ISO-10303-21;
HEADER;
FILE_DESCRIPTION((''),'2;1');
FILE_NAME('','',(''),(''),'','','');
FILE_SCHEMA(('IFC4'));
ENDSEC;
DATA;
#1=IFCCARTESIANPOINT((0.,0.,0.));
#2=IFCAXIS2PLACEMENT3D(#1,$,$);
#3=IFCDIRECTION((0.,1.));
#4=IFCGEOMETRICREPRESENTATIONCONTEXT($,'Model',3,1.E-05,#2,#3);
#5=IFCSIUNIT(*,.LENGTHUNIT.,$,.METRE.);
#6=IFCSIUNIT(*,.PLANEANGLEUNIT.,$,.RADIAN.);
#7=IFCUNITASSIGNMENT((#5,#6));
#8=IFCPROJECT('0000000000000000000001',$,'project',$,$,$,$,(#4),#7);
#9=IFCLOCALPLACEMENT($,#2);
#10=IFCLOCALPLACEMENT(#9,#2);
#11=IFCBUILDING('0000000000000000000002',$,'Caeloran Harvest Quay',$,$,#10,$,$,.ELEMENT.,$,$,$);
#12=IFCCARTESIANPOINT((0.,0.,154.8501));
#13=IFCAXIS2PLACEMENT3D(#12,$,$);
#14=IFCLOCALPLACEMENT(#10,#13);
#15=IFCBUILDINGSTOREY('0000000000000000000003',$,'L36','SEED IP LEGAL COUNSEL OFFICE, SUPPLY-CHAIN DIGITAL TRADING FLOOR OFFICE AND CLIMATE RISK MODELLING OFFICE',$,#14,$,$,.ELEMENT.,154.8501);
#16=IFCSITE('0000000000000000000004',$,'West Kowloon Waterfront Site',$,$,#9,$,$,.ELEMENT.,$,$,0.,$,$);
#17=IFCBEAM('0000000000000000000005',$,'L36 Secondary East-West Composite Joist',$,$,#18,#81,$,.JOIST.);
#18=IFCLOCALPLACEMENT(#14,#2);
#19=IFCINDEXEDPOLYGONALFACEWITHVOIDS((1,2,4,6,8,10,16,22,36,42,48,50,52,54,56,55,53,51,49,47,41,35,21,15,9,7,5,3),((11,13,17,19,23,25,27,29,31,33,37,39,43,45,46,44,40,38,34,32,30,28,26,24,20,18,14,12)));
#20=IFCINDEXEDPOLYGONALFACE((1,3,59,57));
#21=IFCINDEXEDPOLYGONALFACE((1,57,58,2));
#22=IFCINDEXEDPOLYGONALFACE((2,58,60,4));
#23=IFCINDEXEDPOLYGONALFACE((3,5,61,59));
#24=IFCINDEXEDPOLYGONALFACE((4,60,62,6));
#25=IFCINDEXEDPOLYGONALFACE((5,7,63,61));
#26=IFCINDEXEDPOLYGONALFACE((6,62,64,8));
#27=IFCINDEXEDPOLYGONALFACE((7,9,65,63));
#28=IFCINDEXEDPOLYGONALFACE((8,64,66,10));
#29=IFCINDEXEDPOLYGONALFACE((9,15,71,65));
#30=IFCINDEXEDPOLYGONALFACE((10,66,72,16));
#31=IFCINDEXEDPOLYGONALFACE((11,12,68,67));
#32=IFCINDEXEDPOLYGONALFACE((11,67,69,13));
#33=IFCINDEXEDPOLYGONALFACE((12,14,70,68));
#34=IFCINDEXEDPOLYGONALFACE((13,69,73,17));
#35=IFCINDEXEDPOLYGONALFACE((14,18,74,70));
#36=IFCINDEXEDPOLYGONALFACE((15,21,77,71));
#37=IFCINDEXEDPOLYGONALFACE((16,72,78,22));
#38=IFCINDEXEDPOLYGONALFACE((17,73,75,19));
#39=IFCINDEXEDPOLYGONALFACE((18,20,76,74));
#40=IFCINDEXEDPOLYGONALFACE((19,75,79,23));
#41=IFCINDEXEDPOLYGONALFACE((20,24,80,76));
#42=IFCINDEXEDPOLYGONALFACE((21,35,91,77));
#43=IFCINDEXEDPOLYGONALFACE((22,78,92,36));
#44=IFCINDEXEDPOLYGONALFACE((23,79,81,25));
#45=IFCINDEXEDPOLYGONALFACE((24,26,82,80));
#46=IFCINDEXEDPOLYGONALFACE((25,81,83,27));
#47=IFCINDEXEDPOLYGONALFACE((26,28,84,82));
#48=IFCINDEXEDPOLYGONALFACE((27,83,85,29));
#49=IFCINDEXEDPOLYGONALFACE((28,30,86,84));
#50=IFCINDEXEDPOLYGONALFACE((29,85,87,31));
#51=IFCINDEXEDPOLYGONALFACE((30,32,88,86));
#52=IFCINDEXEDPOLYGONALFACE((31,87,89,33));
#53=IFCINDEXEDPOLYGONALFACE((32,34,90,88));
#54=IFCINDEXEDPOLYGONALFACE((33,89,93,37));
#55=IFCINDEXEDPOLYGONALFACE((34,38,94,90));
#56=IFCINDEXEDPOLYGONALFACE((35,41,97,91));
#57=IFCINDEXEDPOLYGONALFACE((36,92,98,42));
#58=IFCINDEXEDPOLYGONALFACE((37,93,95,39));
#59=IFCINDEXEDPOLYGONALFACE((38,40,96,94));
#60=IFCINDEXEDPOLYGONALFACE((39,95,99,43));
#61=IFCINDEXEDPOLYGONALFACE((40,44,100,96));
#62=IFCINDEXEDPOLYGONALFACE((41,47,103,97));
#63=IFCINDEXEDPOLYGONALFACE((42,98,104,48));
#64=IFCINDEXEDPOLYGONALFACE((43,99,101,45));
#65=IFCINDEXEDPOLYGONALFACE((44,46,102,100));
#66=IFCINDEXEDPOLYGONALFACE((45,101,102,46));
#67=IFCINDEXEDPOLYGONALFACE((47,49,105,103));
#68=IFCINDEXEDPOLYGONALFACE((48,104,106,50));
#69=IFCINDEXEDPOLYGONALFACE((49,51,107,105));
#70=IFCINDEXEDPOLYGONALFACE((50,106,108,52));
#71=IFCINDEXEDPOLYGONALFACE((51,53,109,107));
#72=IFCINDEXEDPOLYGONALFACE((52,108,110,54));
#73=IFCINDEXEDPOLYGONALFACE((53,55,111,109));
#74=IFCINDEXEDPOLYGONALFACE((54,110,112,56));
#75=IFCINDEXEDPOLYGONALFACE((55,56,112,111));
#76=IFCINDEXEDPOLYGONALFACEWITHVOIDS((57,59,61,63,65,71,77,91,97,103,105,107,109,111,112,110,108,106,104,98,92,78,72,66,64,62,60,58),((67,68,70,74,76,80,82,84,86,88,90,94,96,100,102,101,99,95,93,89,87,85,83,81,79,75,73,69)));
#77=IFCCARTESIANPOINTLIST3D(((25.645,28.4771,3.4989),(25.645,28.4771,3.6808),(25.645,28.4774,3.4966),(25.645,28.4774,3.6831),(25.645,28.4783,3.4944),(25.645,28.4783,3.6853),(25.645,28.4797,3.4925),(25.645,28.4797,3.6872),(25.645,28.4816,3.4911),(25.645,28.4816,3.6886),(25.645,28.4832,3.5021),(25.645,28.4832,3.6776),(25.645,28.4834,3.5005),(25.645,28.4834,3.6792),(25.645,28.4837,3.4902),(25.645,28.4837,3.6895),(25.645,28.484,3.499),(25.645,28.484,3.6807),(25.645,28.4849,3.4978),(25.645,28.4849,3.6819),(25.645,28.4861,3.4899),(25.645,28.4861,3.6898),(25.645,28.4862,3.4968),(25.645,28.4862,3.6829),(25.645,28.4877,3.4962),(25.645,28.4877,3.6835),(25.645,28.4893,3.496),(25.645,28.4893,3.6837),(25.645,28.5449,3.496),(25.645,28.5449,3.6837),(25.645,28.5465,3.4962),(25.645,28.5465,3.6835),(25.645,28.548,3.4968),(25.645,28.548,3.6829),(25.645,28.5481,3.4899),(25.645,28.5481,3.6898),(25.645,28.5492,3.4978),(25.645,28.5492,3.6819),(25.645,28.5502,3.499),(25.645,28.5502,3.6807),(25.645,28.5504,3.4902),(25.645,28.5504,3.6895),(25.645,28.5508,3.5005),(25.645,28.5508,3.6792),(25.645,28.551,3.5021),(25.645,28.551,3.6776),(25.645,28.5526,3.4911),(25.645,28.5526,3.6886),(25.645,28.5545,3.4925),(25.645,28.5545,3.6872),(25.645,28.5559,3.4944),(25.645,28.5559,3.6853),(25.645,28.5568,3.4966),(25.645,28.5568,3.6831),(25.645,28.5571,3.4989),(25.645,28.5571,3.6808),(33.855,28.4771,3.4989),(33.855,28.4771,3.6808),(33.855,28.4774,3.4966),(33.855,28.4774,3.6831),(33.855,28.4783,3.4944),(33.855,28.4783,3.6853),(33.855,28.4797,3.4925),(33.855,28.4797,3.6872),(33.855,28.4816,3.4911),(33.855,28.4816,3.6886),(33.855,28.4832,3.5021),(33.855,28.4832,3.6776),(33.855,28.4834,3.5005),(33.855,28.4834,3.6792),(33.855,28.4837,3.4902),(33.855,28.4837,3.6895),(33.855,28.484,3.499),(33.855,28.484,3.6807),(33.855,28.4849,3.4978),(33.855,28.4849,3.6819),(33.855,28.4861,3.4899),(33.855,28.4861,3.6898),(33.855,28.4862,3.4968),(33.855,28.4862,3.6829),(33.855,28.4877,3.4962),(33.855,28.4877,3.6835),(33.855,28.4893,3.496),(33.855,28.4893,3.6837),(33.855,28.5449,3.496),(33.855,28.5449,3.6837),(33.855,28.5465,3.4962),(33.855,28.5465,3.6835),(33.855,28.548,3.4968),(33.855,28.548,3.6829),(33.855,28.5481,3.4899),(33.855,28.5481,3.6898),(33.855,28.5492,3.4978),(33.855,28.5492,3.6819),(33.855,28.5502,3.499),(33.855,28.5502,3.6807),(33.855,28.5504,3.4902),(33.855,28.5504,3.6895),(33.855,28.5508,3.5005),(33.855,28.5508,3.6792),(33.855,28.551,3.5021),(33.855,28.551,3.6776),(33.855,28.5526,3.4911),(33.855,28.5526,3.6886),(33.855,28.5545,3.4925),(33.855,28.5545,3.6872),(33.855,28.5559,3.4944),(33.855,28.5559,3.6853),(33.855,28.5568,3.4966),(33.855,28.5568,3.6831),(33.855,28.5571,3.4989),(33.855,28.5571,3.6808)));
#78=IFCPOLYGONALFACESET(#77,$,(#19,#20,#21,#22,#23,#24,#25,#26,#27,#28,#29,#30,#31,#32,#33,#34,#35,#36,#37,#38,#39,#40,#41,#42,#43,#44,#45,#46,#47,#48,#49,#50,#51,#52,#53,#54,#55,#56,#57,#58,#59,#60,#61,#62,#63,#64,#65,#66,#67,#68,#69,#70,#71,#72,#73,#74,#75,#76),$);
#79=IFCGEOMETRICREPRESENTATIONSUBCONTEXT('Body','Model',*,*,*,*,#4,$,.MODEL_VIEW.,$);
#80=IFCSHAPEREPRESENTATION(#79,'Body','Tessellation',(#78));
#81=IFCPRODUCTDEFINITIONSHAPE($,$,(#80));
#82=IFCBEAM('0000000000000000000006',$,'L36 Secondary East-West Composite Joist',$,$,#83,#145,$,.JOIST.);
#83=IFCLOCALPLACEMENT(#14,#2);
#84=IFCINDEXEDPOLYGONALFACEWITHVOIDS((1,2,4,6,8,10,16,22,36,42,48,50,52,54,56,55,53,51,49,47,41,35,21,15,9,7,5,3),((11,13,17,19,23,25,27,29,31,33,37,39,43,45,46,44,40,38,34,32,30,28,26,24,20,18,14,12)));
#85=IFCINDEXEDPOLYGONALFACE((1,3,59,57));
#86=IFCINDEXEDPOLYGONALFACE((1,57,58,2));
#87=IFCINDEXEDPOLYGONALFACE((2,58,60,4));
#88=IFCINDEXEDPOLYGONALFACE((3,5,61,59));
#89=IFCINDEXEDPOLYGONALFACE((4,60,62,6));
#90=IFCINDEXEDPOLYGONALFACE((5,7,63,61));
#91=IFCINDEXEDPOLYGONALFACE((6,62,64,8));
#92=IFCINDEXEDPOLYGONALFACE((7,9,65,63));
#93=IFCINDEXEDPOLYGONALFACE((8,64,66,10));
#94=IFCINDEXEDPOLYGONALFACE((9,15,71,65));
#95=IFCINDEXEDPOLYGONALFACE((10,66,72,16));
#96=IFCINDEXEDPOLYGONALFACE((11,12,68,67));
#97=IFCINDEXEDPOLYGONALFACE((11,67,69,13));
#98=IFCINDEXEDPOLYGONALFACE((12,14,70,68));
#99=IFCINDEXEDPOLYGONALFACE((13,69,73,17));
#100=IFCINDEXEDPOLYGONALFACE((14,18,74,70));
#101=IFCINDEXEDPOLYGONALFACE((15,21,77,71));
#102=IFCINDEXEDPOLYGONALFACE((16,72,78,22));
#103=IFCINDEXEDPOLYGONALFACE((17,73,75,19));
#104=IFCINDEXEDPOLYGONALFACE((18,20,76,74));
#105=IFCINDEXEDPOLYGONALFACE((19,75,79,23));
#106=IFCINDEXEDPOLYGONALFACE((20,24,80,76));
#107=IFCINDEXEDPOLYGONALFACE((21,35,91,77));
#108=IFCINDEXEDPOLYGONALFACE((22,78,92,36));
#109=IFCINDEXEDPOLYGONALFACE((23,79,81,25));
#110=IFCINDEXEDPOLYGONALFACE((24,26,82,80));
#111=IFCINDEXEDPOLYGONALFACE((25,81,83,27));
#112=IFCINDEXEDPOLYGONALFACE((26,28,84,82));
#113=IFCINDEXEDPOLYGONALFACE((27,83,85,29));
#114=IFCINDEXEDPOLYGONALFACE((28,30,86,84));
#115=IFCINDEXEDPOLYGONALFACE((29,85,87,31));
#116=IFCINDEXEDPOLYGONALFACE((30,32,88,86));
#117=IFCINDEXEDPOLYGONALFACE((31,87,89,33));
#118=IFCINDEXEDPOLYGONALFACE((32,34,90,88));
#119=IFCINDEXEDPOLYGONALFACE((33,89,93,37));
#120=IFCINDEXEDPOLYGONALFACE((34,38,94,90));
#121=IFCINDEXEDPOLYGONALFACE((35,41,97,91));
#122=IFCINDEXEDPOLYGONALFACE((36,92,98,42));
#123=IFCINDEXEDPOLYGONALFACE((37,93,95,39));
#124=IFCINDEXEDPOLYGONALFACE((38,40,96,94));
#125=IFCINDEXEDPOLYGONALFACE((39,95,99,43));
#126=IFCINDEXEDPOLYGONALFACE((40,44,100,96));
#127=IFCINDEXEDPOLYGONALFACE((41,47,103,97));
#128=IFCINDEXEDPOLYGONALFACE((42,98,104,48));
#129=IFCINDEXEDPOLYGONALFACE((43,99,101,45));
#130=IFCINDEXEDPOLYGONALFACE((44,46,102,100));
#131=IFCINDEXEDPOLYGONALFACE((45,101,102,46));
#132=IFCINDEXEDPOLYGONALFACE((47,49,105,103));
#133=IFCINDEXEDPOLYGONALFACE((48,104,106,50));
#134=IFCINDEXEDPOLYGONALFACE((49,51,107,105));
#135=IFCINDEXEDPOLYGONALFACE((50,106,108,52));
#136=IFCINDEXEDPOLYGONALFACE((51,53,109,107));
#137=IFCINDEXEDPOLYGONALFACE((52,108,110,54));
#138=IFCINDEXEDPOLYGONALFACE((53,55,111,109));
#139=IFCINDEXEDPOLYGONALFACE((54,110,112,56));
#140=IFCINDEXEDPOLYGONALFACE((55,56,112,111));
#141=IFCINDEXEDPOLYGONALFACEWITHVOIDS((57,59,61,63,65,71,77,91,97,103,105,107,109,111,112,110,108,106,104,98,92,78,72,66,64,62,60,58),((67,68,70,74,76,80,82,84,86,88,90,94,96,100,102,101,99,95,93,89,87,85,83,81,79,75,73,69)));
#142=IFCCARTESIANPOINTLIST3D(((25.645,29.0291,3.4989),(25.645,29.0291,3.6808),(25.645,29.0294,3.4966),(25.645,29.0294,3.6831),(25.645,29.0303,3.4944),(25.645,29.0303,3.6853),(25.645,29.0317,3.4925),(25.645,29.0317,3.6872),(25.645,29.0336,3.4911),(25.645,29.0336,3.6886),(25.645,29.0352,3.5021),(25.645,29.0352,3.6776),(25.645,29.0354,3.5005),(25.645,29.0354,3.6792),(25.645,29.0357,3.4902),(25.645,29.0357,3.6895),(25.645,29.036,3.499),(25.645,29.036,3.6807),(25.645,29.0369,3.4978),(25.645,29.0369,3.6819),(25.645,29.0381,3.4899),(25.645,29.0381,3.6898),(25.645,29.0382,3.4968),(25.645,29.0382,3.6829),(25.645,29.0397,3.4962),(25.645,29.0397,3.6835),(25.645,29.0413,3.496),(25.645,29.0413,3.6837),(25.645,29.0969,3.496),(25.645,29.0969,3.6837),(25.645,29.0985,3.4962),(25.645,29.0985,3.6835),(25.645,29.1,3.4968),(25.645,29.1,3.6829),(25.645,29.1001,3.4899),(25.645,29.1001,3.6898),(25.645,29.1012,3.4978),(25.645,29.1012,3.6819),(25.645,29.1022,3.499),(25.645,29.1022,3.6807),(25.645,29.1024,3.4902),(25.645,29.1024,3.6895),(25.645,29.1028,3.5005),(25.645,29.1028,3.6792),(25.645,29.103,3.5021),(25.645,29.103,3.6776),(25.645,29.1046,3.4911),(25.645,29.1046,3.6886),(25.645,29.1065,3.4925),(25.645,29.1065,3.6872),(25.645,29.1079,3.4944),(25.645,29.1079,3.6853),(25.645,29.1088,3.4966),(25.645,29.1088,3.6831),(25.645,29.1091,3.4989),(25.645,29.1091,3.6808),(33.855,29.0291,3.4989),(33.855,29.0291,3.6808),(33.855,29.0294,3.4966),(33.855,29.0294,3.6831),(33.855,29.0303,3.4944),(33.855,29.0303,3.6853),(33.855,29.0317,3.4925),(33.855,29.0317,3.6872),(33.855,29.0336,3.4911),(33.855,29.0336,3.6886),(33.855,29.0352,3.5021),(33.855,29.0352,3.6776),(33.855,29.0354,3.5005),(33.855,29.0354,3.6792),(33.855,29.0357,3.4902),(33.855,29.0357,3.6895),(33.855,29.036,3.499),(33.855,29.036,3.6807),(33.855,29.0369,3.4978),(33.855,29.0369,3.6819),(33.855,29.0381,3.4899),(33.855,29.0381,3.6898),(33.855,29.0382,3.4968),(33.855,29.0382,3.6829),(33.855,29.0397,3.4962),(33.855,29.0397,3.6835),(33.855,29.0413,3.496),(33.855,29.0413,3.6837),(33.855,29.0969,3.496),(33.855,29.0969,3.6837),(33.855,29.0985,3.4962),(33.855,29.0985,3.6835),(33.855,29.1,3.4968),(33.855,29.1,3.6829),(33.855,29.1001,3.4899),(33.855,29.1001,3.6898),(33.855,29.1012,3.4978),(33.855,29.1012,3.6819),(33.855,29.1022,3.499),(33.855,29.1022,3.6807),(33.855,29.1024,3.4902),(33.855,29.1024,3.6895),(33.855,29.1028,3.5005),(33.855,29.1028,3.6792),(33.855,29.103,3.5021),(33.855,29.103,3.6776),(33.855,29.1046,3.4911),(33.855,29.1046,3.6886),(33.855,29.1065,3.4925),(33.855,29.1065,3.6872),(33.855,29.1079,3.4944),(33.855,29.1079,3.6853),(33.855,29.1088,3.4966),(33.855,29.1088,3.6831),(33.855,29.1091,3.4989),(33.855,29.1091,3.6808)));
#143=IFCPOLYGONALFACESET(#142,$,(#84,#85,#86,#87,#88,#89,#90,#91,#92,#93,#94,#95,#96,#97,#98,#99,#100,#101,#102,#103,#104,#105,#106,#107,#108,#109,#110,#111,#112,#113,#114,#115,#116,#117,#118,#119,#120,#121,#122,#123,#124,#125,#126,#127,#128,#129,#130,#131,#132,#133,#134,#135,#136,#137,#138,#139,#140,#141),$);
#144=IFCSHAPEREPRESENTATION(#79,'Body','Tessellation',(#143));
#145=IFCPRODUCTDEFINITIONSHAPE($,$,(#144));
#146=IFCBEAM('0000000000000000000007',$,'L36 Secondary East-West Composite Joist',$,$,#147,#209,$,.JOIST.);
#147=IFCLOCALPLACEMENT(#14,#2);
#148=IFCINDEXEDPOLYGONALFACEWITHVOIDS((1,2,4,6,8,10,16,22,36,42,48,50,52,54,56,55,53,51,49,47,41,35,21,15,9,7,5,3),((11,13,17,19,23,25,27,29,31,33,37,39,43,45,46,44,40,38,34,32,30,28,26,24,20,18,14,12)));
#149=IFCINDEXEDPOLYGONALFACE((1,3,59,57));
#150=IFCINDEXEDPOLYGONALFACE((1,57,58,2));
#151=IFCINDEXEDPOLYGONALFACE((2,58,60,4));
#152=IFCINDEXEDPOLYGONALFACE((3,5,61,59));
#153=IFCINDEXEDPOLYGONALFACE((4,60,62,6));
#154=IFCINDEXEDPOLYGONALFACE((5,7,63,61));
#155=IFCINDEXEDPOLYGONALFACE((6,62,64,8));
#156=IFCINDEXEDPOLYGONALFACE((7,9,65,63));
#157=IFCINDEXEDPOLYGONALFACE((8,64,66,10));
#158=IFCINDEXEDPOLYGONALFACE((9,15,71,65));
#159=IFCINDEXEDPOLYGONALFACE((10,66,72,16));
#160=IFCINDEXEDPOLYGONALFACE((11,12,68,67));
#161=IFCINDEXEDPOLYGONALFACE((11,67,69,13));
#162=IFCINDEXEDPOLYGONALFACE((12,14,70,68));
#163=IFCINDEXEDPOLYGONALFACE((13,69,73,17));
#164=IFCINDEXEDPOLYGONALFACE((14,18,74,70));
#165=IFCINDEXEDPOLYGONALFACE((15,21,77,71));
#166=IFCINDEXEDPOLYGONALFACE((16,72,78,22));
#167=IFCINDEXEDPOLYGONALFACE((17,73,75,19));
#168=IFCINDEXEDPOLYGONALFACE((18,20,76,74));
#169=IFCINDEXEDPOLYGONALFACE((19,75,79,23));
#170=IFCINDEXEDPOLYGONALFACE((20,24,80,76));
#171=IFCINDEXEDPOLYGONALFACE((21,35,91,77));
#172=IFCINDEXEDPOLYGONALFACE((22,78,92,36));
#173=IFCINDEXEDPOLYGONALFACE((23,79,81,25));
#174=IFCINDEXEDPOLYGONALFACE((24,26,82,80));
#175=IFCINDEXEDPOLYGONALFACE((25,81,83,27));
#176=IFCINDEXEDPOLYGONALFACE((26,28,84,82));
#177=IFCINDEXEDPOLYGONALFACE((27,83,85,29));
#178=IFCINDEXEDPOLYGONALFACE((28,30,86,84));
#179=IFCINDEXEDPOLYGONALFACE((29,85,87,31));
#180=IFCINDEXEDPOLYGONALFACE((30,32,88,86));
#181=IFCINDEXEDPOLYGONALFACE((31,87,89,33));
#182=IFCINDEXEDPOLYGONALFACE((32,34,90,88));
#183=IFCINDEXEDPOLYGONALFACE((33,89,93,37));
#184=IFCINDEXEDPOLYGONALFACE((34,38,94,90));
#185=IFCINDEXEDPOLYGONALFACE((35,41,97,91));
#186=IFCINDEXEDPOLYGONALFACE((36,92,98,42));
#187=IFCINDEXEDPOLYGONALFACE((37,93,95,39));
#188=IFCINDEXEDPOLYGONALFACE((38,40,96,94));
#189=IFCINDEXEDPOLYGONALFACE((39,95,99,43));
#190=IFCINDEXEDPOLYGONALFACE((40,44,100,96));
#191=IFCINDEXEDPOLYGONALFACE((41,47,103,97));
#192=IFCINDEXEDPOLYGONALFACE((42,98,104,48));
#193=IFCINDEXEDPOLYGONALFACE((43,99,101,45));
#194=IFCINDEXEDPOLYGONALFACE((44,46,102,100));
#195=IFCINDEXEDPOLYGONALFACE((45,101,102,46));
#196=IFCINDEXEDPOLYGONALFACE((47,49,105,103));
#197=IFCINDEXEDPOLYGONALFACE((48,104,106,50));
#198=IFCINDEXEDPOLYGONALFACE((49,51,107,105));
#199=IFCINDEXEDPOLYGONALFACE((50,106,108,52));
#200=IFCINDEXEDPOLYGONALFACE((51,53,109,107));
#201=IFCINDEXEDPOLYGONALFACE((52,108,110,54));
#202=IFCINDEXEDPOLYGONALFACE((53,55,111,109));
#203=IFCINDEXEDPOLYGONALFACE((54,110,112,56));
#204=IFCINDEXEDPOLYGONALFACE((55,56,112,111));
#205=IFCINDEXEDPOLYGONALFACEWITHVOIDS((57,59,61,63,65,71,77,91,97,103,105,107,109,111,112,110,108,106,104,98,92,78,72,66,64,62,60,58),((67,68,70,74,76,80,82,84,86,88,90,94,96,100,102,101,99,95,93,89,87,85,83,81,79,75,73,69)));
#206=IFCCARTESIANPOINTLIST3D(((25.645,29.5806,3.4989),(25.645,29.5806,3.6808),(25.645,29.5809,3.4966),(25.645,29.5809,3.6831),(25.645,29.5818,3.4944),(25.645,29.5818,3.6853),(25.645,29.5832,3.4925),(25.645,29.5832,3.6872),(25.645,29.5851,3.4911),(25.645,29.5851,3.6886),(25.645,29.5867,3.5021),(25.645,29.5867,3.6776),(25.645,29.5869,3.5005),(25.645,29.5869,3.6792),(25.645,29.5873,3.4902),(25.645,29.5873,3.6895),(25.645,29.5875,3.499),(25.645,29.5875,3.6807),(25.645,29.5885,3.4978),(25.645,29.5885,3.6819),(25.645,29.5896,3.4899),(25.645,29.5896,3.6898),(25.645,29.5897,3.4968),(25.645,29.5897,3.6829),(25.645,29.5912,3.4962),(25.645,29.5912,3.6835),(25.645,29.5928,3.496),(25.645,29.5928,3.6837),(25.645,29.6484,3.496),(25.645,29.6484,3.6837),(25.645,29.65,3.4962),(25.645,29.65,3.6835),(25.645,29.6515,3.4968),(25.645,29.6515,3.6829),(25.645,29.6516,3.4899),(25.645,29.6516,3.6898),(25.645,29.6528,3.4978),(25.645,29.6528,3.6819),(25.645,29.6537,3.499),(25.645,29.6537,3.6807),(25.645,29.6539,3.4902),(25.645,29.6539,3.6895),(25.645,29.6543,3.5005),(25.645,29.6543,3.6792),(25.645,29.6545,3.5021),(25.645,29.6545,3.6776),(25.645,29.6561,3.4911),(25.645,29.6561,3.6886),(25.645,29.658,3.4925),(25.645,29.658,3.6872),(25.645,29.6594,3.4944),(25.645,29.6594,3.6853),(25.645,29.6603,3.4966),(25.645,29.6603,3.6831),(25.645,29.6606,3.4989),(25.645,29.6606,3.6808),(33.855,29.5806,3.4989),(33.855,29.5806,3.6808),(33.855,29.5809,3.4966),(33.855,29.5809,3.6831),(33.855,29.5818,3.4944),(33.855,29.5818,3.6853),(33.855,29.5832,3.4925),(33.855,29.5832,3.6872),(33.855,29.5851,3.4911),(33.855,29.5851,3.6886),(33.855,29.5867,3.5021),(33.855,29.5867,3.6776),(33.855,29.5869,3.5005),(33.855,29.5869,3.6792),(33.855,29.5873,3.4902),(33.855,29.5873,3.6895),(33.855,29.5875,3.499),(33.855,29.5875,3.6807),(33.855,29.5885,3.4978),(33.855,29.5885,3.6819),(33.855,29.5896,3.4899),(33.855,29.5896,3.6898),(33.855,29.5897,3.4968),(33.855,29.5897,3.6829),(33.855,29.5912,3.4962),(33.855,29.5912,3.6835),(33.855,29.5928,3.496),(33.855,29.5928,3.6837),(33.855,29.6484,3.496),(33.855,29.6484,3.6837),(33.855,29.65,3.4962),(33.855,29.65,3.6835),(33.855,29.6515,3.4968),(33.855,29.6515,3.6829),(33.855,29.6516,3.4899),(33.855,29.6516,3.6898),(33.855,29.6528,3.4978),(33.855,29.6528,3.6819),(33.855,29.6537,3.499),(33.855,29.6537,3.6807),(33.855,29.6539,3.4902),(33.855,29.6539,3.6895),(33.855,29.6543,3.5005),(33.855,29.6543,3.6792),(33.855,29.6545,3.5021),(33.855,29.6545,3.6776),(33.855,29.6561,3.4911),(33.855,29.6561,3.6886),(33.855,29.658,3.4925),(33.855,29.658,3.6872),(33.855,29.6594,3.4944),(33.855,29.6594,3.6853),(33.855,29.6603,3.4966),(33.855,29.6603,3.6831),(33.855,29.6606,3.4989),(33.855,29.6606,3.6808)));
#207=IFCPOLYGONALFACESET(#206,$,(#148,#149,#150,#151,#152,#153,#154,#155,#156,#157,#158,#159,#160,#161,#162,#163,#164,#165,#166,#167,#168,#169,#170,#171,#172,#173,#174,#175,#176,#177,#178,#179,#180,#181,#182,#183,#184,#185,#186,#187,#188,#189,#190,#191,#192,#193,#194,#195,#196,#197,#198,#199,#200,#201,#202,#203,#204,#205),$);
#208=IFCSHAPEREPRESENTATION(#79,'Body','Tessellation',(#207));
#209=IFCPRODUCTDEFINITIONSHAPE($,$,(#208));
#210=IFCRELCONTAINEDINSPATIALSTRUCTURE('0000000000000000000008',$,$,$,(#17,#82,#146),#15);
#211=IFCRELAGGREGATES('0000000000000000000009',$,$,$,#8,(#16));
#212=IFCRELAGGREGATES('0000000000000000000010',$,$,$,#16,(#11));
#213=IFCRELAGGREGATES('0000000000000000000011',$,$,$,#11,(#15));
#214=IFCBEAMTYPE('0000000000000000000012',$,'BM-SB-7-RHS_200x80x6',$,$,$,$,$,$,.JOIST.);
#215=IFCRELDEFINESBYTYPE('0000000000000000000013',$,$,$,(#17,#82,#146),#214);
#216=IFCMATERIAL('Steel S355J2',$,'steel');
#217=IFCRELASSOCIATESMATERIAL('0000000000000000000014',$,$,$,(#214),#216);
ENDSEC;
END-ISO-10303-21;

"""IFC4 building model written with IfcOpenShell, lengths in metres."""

from ifc_helpers import new_model, si_unit, direction, frame, origin, origin_2d, place, context, subcontext, project, spatial, hollow_rectangle, extrude, material, material_profile, profile_set, type_object, element, save


model = new_model("IFC4")

# Units and contexts
model_context = context("Model", 3, precision=1e-05, world=origin(), true_north=direction((0.0, 1.0)))
body_context = subcontext(model_context, "Body", "Model", "MODEL_VIEW")
ifc_project = project(units=[si_unit("LENGTHUNIT", "METRE"), si_unit("PLANEANGLEUNIT", "RADIAN")], contexts=[model_context])

# Site, building, storey
site_placement = place(None, origin())
site = spatial("IfcSite", under=ifc_project, at=site_placement, Name="West Kowloon Waterfront Site", CompositionType="ELEMENT", RefElevation=0.0)
building_placement = place(site_placement, origin())
building = spatial("IfcBuilding", under=site, at=building_placement, Name="Caeloran Harvest Quay", CompositionType="ELEMENT")
storey_placement = place(building_placement, frame((0.0, 0.0, 154.8501)))
storey = spatial("IfcBuildingStorey", under=building, at=storey_placement, Name="L36", Description="SEED IP LEGAL COUNSEL OFFICE, SUPPLY-CHAIN DIGITAL TRADING FLOOR OFFICE AND CLIMATE RISK MODELLING OFFICE", CompositionType="ELEMENT", Elevation=154.8501)

# Beams
ifc_material_1 = material(Name="Steel S355J2", Category="steel")
ifc_material_profile_1 = material_profile(ifc_material_1, hollow_rectangle(XDim=0.0801, YDim=0.2, WallThickness=0.0061, InnerFilletRadius=0.0061, OuterFilletRadius=0.009, at=origin_2d()), Name="RHS 200x80x6")
ifc_profile_set_1 = profile_set([ifc_material_profile_1], Name="Steel S355J2")
beam_type_1 = type_object("IfcBeamType", Name="BM-SB-7-RHS_200x80x6", PredefinedType="JOIST", material=ifc_profile_set_1)
for number, where, z_axis, x_axis, name in (
    (1, (25.645, 28.5171, 3.5898), (1.0, 0.0, 0.0), (0.0, 1.0, 0.0), "L36 Secondary East-West Composite Joist"),
    (2, (25.645, 29.0691, 3.5898), (1.0, 0.0, 0.0), (0.0, 1.0, 0.0), "L36 Secondary East-West Composite Joist"),
    (3, (25.645, 29.6206, 3.5898), (1.0, 0.0, 0.0), (0.0, 1.0, 0.0), "L36 Secondary East-West Composite Joist"),
):
    element("IfcBeam", number, at=place(storey_placement, frame(where, z_axis=z_axis, x_axis=x_axis)), inside=storey, type_object=beam_type_1, Name=name, PredefinedType="JOIST", context=body_context, shape_type="SweptSolid", body=[
        extrude(hollow_rectangle(XDim=0.0801, YDim=0.2, WallThickness=0.0061, InnerFilletRadius=0.0061, OuterFilletRadius=0.009, at=origin_2d()), origin(), (0.0, 0.0, 1.0), 8.21),
    ])

save(model, "model.ifc")
